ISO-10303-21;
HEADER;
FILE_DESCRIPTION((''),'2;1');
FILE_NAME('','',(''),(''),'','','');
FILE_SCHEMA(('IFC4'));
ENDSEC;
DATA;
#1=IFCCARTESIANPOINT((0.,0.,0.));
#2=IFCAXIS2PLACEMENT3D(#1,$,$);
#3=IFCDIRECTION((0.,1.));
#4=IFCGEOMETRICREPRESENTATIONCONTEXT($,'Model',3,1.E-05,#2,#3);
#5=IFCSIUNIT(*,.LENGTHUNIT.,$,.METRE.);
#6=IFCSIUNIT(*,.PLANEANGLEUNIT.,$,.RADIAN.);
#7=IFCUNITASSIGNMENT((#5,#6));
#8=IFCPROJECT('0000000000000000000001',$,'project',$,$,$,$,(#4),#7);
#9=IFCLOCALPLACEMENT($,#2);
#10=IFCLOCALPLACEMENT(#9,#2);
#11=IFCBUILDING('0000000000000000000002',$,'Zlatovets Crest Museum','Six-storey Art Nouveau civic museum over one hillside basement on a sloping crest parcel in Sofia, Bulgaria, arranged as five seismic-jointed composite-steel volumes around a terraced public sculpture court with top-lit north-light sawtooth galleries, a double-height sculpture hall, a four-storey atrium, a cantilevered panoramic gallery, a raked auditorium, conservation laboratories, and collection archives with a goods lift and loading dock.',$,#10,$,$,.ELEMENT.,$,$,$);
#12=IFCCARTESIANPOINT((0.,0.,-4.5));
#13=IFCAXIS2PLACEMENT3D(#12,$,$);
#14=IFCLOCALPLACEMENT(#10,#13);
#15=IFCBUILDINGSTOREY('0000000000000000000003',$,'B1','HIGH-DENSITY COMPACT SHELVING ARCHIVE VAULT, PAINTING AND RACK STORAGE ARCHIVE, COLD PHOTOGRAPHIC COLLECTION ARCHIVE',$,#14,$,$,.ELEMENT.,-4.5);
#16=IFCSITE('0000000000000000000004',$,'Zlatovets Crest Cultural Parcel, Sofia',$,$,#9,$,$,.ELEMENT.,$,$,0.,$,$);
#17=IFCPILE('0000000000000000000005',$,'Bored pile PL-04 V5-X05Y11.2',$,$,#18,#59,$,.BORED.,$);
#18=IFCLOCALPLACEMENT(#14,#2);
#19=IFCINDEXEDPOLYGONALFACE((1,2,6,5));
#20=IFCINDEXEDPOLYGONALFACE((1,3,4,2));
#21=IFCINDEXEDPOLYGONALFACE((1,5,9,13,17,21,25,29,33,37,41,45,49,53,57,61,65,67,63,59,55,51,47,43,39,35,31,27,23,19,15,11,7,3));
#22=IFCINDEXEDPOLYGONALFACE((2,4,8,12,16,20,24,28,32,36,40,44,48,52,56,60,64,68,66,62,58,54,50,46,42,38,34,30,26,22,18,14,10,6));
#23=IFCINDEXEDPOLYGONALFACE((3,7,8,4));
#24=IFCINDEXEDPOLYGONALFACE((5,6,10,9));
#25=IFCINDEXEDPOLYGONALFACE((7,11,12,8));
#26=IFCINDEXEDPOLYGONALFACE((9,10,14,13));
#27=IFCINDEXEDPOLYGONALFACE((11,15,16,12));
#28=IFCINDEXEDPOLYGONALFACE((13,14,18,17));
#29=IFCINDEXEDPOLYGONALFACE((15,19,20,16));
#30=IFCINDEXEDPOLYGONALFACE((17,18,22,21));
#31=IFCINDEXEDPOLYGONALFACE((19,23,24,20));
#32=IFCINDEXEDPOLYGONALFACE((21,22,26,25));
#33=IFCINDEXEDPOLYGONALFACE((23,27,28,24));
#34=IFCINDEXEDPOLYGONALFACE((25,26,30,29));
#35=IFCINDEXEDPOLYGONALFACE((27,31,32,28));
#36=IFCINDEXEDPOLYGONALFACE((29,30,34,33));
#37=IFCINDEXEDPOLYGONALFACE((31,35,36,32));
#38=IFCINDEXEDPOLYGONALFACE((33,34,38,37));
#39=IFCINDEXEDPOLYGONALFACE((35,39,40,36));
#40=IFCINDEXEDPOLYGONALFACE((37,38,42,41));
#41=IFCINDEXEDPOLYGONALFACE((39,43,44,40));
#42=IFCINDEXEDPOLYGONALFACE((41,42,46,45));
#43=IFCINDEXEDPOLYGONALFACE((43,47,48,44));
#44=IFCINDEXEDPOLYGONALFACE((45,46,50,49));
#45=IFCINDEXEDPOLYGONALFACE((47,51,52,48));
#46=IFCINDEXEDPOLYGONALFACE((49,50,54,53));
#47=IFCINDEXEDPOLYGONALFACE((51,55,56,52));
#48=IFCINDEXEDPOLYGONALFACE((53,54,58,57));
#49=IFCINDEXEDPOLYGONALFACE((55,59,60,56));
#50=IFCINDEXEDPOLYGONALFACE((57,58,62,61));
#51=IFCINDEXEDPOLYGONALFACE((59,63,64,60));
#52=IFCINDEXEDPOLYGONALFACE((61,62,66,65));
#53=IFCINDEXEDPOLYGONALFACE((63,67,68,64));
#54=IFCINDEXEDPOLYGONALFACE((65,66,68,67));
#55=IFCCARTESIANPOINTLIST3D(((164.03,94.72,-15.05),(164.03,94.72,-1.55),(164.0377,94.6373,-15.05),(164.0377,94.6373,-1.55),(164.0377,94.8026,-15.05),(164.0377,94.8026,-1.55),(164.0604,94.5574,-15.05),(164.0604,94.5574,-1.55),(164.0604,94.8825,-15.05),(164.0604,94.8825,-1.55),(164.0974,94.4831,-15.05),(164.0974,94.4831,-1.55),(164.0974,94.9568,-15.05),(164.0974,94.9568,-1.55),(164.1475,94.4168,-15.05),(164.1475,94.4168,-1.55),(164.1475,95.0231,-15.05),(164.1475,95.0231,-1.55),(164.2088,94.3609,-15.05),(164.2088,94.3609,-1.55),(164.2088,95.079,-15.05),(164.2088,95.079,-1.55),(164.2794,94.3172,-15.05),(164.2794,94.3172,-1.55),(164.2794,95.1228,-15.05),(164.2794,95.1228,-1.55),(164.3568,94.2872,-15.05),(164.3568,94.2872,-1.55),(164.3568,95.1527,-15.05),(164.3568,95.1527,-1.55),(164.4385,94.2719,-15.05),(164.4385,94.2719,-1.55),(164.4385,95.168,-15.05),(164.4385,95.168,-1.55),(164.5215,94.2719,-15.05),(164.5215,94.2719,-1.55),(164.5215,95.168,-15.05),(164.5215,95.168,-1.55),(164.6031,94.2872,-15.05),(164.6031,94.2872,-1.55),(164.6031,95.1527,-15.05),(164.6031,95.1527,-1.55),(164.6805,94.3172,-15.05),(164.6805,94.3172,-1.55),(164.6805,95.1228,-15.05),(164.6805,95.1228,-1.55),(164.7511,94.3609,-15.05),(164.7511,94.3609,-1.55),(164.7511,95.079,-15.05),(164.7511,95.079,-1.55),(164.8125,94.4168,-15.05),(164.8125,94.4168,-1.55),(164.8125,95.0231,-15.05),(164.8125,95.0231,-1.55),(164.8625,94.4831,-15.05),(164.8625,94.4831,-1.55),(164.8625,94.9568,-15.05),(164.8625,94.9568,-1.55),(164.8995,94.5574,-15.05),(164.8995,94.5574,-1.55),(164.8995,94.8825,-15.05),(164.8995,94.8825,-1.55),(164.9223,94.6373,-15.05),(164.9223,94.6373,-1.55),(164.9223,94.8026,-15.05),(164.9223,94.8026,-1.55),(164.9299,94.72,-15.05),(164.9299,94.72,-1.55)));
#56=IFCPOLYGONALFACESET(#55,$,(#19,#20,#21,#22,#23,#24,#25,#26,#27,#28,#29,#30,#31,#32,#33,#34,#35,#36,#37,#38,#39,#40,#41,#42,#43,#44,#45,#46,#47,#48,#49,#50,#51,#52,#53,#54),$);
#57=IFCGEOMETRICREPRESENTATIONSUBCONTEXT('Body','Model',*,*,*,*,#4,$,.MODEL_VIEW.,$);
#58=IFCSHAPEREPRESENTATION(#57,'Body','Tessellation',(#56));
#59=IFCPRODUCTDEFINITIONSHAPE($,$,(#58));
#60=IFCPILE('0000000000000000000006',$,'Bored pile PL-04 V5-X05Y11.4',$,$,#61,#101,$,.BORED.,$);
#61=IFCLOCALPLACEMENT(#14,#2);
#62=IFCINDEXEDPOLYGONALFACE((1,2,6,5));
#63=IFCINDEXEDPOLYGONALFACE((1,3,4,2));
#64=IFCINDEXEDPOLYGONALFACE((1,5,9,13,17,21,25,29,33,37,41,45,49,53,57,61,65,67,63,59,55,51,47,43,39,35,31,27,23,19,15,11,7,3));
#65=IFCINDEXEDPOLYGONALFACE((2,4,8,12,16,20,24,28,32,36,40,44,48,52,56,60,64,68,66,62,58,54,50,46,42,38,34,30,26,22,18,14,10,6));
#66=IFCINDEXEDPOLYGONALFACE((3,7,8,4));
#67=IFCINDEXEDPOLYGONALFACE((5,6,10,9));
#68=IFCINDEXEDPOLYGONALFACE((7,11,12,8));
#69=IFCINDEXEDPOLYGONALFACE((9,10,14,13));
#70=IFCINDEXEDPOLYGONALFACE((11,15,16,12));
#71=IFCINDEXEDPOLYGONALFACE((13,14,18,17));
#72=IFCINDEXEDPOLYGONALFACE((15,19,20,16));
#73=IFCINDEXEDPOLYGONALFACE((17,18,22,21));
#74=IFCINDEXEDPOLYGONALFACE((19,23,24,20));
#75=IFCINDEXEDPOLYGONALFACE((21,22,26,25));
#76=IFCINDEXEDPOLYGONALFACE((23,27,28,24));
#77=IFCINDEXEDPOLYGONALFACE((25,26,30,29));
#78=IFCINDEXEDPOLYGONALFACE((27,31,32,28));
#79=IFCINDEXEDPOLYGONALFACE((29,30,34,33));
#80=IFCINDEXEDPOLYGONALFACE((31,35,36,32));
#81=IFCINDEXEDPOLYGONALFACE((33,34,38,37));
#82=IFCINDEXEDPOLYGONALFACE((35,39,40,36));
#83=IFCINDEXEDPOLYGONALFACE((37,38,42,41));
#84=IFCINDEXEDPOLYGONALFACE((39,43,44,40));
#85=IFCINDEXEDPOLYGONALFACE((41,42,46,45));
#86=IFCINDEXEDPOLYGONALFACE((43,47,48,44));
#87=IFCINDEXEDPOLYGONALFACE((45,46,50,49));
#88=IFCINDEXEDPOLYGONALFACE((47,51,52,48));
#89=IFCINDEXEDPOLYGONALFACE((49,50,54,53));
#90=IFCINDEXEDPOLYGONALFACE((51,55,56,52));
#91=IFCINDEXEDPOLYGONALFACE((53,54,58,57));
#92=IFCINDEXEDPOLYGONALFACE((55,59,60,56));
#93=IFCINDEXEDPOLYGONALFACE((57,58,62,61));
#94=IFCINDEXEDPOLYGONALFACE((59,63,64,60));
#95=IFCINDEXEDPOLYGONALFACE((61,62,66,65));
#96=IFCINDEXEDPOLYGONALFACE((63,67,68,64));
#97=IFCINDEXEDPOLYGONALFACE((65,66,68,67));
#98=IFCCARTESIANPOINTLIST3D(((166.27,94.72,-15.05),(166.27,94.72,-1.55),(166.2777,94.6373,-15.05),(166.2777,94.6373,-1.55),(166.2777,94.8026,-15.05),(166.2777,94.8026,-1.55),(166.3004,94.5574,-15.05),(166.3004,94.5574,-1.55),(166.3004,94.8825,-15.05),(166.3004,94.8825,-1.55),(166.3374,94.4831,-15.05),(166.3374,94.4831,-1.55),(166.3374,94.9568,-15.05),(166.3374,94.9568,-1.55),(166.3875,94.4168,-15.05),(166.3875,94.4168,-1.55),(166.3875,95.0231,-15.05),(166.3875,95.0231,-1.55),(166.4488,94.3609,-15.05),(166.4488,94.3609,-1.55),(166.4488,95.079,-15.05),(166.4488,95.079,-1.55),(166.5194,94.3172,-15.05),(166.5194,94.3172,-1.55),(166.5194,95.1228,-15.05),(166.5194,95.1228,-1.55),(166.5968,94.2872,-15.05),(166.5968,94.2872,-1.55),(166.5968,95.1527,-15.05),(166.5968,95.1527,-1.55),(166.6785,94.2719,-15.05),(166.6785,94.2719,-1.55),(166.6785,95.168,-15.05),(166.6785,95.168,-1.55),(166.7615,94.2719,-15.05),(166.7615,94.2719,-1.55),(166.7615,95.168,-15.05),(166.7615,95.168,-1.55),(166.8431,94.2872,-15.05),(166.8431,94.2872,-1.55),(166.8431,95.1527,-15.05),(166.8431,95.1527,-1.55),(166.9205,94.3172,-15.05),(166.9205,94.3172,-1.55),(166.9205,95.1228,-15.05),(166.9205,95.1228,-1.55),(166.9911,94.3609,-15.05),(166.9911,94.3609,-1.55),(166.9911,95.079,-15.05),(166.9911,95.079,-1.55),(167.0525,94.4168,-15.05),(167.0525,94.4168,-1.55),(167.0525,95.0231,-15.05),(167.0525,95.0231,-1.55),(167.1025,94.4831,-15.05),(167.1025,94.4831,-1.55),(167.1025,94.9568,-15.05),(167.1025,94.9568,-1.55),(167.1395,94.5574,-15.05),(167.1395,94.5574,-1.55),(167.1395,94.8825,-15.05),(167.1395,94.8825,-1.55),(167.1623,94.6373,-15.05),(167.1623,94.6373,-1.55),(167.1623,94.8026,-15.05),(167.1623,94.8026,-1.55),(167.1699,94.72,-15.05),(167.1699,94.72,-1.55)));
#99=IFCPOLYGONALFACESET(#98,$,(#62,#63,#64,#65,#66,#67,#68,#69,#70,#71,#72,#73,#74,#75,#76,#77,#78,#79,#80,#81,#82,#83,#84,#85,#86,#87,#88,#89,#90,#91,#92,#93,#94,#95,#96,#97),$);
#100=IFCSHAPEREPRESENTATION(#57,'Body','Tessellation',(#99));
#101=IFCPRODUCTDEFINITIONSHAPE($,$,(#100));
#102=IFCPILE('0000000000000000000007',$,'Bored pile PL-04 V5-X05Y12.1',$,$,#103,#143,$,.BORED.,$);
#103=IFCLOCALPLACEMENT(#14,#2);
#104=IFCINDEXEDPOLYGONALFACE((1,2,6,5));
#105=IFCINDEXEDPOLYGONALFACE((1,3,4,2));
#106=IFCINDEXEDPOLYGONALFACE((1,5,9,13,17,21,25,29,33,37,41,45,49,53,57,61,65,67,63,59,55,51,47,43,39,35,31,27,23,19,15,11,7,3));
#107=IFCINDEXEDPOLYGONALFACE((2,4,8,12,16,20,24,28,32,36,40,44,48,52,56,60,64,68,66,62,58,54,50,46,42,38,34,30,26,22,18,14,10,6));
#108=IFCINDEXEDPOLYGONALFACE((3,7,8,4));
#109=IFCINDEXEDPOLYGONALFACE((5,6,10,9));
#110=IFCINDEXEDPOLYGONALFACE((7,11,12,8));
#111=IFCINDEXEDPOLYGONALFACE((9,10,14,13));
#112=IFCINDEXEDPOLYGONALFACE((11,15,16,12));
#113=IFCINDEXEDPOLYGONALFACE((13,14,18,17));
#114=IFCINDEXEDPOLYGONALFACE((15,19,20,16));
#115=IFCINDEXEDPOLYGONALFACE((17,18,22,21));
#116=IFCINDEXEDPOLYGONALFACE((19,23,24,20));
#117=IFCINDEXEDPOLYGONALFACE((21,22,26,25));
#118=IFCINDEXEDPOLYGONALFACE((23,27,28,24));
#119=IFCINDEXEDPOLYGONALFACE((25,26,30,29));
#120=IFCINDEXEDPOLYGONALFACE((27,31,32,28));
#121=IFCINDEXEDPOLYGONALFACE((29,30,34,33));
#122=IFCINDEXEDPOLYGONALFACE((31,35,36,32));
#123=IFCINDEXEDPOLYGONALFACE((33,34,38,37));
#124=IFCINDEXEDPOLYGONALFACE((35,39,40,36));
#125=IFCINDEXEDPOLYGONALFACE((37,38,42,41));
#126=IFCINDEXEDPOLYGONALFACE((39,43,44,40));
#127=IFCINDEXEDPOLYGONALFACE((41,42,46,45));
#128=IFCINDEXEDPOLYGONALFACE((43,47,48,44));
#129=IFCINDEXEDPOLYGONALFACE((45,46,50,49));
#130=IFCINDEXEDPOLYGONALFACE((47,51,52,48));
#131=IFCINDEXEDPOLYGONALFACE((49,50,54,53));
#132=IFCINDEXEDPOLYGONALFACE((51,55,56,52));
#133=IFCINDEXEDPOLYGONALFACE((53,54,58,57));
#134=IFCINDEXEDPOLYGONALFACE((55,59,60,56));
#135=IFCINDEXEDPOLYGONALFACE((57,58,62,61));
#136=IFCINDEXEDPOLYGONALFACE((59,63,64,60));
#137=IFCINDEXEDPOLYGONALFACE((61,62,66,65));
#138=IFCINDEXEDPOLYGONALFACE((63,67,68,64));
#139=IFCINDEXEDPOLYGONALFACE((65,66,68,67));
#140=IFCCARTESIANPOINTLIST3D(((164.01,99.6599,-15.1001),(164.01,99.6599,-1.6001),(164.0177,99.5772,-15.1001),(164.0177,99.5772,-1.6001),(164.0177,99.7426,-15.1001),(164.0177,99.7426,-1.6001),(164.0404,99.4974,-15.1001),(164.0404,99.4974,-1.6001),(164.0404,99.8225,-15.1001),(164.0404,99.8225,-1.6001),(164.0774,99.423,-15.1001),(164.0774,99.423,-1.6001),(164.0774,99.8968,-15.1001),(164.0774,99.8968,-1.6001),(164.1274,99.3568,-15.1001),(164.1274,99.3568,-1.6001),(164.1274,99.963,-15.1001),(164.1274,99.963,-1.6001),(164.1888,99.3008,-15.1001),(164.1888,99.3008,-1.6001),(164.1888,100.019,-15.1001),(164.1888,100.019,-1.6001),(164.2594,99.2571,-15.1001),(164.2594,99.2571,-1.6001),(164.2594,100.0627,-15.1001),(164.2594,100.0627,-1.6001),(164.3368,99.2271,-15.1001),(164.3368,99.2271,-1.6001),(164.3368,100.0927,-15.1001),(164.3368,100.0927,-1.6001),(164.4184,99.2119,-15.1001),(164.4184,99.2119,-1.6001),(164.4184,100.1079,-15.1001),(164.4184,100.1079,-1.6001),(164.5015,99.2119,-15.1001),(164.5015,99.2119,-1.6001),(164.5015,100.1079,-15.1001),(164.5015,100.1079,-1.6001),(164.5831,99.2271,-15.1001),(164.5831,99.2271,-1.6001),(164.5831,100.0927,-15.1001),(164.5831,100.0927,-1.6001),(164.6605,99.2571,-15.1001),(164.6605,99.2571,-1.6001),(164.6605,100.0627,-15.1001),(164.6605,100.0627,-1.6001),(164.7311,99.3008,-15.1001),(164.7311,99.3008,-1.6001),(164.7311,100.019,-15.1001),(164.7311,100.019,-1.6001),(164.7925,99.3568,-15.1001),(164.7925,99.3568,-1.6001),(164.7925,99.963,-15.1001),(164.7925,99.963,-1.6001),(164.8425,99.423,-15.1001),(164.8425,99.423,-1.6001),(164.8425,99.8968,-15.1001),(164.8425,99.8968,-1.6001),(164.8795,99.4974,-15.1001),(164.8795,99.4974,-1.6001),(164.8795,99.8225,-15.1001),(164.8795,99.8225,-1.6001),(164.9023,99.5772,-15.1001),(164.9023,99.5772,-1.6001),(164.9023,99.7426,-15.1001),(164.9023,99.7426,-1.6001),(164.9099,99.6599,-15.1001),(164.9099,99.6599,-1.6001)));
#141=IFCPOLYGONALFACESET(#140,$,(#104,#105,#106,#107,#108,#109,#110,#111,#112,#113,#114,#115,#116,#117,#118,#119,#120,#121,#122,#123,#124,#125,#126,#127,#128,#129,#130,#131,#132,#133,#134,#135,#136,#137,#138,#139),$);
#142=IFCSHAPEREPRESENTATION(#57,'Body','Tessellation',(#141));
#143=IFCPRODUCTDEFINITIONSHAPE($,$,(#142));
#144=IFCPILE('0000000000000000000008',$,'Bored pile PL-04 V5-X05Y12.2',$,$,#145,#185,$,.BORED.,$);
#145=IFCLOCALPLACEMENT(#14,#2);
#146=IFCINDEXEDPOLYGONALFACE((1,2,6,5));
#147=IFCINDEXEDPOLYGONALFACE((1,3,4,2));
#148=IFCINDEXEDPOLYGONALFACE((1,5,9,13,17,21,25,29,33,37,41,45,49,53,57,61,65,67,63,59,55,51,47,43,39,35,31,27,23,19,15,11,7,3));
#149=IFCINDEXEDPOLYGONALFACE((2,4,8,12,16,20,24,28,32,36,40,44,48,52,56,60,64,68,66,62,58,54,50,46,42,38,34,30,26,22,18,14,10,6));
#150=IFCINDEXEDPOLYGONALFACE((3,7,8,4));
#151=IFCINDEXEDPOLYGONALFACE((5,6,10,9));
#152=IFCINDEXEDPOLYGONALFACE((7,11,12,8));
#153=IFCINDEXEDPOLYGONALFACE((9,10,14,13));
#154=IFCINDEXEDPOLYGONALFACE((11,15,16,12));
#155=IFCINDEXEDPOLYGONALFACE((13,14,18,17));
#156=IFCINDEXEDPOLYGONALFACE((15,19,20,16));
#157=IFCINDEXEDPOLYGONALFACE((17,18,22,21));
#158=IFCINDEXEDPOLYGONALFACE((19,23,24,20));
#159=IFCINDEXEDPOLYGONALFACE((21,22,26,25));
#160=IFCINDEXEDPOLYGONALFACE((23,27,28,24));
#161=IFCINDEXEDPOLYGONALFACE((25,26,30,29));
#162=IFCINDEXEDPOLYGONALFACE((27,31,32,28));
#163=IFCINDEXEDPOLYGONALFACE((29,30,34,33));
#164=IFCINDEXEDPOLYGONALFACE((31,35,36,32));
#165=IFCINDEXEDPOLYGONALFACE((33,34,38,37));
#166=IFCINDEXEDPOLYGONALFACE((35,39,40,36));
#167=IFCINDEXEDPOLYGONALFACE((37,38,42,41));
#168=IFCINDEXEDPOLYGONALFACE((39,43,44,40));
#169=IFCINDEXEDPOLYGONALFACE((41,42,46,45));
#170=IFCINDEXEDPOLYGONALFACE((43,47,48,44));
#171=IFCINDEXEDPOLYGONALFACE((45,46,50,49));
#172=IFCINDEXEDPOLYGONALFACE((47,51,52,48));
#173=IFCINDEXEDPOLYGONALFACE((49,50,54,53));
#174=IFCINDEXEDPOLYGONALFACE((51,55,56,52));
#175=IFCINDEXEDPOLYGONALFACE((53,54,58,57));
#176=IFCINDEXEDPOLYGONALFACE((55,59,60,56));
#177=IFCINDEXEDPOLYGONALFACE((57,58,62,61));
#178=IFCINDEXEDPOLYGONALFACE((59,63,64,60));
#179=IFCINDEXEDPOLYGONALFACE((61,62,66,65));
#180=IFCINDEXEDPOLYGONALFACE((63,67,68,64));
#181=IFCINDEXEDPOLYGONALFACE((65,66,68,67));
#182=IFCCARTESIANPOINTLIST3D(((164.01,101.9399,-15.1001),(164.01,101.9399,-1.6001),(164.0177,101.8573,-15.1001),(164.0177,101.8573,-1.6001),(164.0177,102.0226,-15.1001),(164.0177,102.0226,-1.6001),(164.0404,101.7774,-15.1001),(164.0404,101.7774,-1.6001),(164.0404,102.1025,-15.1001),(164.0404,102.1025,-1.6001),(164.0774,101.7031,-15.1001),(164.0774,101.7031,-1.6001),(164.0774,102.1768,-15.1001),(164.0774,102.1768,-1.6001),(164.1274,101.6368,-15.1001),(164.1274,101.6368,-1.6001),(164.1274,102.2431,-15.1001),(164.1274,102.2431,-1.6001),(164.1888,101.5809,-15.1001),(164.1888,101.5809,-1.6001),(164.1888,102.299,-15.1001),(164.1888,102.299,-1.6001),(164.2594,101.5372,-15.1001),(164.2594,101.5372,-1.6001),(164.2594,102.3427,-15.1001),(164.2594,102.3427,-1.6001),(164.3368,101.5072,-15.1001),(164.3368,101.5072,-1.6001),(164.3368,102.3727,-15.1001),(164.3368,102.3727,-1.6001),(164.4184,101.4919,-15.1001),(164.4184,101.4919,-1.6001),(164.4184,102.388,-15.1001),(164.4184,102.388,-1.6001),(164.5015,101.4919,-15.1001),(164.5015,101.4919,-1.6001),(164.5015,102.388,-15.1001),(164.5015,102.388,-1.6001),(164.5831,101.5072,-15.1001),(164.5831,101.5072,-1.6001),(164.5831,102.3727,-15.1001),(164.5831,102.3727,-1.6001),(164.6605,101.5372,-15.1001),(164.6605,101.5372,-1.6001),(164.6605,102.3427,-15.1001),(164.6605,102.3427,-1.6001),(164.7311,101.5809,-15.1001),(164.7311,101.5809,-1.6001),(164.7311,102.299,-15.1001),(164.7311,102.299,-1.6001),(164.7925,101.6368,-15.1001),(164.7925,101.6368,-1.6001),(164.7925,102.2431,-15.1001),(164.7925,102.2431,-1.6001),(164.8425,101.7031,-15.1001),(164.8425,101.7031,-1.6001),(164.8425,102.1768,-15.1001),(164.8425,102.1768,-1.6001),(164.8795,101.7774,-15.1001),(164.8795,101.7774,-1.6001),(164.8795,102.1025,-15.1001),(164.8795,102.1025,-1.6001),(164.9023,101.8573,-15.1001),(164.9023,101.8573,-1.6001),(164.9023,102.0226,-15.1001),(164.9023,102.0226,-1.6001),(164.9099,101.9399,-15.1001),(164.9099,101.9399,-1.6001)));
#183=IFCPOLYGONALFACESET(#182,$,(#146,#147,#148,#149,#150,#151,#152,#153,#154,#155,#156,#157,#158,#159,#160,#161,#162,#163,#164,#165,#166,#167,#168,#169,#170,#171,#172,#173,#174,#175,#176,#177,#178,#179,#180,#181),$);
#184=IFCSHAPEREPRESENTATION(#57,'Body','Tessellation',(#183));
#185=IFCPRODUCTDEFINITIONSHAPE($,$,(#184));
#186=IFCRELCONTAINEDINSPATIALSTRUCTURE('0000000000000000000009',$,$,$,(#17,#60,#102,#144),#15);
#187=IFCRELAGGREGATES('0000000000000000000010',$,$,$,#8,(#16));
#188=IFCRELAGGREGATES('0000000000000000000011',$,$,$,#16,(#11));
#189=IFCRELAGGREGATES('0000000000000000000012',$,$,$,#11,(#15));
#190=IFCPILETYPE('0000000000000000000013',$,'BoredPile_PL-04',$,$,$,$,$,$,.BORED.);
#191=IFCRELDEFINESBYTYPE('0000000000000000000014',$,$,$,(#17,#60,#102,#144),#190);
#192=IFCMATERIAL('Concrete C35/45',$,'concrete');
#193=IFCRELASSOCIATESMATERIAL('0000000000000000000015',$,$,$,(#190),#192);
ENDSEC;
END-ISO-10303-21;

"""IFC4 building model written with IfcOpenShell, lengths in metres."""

from ifc_helpers import new_model, si_unit, direction, frame, origin, origin_2d, place, context, subcontext, project, spatial, circle, extrude, material, material_profile, profile_set, type_object, element, save


model = new_model("IFC4")

# Units and contexts
model_context = context("Model", 3, precision=1e-05, world=origin(), true_north=direction((0.0, 1.0)))
body_context = subcontext(model_context, "Body", "Model", "MODEL_VIEW")
ifc_project = project(units=[si_unit("LENGTHUNIT", "METRE"), si_unit("PLANEANGLEUNIT", "RADIAN")], contexts=[model_context])

# Site, building, storey
site_placement = place(None, origin())
site = spatial("IfcSite", under=ifc_project, at=site_placement, Name="Zlatovets Crest Cultural Parcel, Sofia", CompositionType="ELEMENT", RefElevation=0.0)
building_placement = place(site_placement, origin())
building = spatial("IfcBuilding", under=site, at=building_placement, Name="Zlatovets Crest Museum", Description="Six-storey Art Nouveau civic museum over one hillside basement on a sloping crest parcel in Sofia, Bulgaria, arranged as five seismic-jointed composite-steel volumes around a terraced public sculpture court with top-lit north-light sawtooth galleries, a double-height sculpture hall, a four-storey atrium, a cantilevered panoramic gallery, a raked auditorium, conservation laboratories, and collection archives with a goods lift and loading dock.", CompositionType="ELEMENT")
storey_placement = place(building_placement, frame((0.0, 0.0, -4.5)))
storey = spatial("IfcBuildingStorey", under=building, at=storey_placement, Name="B1", Description="HIGH-DENSITY COMPACT SHELVING ARCHIVE VAULT, PAINTING AND RACK STORAGE ARCHIVE, COLD PHOTOGRAPHIC COLLECTION ARCHIVE", CompositionType="ELEMENT", Elevation=-4.5)

# Piles
ifc_material = material(Name="Concrete C35/45", Category="concrete")
ifc_material_profile_1 = material_profile(ifc_material, circle(Radius=0.45, at=origin_2d()), Name="PILE D900")
ifc_profile_set_1 = profile_set([ifc_material_profile_1], Name="Concrete C35/45")
pile_type = type_object("IfcPileType", Name="BoredPile_PL-04", PredefinedType="BORED", material=ifc_profile_set_1)
for number, where, z_axis, x_axis, name in (
    (1, (164.48, 94.72, -1.55), (0.0, 0.0, -1.0), (1.0, 0.0, 0.0), "Bored pile PL-04 V5-X05Y11.2"),
    (2, (166.72, 94.72, -1.55), (0.0, 0.0, -1.0), (1.0, 0.0, 0.0), "Bored pile PL-04 V5-X05Y11.4"),
    (3, (164.46, 99.6599, -1.6001), (0.0, 0.0, -1.0), (1.0, 0.0, 0.0), "Bored pile PL-04 V5-X05Y12.1"),
    (4, (164.46, 101.9399, -1.6001), (0.0, 0.0, -1.0), (1.0, 0.0, 0.0), "Bored pile PL-04 V5-X05Y12.2"),
):
    element("IfcPile", number, at=place(storey_placement, frame(where, z_axis=z_axis, x_axis=x_axis)), inside=storey, type_object=pile_type, Name=name, PredefinedType="BORED", context=body_context, shape_type="SweptSolid", body=[
        extrude(circle(Radius=0.45, at=origin_2d()), origin(), (0.0, 0.0, 1.0), 13.5),
    ])

save(model, "model.ifc")
